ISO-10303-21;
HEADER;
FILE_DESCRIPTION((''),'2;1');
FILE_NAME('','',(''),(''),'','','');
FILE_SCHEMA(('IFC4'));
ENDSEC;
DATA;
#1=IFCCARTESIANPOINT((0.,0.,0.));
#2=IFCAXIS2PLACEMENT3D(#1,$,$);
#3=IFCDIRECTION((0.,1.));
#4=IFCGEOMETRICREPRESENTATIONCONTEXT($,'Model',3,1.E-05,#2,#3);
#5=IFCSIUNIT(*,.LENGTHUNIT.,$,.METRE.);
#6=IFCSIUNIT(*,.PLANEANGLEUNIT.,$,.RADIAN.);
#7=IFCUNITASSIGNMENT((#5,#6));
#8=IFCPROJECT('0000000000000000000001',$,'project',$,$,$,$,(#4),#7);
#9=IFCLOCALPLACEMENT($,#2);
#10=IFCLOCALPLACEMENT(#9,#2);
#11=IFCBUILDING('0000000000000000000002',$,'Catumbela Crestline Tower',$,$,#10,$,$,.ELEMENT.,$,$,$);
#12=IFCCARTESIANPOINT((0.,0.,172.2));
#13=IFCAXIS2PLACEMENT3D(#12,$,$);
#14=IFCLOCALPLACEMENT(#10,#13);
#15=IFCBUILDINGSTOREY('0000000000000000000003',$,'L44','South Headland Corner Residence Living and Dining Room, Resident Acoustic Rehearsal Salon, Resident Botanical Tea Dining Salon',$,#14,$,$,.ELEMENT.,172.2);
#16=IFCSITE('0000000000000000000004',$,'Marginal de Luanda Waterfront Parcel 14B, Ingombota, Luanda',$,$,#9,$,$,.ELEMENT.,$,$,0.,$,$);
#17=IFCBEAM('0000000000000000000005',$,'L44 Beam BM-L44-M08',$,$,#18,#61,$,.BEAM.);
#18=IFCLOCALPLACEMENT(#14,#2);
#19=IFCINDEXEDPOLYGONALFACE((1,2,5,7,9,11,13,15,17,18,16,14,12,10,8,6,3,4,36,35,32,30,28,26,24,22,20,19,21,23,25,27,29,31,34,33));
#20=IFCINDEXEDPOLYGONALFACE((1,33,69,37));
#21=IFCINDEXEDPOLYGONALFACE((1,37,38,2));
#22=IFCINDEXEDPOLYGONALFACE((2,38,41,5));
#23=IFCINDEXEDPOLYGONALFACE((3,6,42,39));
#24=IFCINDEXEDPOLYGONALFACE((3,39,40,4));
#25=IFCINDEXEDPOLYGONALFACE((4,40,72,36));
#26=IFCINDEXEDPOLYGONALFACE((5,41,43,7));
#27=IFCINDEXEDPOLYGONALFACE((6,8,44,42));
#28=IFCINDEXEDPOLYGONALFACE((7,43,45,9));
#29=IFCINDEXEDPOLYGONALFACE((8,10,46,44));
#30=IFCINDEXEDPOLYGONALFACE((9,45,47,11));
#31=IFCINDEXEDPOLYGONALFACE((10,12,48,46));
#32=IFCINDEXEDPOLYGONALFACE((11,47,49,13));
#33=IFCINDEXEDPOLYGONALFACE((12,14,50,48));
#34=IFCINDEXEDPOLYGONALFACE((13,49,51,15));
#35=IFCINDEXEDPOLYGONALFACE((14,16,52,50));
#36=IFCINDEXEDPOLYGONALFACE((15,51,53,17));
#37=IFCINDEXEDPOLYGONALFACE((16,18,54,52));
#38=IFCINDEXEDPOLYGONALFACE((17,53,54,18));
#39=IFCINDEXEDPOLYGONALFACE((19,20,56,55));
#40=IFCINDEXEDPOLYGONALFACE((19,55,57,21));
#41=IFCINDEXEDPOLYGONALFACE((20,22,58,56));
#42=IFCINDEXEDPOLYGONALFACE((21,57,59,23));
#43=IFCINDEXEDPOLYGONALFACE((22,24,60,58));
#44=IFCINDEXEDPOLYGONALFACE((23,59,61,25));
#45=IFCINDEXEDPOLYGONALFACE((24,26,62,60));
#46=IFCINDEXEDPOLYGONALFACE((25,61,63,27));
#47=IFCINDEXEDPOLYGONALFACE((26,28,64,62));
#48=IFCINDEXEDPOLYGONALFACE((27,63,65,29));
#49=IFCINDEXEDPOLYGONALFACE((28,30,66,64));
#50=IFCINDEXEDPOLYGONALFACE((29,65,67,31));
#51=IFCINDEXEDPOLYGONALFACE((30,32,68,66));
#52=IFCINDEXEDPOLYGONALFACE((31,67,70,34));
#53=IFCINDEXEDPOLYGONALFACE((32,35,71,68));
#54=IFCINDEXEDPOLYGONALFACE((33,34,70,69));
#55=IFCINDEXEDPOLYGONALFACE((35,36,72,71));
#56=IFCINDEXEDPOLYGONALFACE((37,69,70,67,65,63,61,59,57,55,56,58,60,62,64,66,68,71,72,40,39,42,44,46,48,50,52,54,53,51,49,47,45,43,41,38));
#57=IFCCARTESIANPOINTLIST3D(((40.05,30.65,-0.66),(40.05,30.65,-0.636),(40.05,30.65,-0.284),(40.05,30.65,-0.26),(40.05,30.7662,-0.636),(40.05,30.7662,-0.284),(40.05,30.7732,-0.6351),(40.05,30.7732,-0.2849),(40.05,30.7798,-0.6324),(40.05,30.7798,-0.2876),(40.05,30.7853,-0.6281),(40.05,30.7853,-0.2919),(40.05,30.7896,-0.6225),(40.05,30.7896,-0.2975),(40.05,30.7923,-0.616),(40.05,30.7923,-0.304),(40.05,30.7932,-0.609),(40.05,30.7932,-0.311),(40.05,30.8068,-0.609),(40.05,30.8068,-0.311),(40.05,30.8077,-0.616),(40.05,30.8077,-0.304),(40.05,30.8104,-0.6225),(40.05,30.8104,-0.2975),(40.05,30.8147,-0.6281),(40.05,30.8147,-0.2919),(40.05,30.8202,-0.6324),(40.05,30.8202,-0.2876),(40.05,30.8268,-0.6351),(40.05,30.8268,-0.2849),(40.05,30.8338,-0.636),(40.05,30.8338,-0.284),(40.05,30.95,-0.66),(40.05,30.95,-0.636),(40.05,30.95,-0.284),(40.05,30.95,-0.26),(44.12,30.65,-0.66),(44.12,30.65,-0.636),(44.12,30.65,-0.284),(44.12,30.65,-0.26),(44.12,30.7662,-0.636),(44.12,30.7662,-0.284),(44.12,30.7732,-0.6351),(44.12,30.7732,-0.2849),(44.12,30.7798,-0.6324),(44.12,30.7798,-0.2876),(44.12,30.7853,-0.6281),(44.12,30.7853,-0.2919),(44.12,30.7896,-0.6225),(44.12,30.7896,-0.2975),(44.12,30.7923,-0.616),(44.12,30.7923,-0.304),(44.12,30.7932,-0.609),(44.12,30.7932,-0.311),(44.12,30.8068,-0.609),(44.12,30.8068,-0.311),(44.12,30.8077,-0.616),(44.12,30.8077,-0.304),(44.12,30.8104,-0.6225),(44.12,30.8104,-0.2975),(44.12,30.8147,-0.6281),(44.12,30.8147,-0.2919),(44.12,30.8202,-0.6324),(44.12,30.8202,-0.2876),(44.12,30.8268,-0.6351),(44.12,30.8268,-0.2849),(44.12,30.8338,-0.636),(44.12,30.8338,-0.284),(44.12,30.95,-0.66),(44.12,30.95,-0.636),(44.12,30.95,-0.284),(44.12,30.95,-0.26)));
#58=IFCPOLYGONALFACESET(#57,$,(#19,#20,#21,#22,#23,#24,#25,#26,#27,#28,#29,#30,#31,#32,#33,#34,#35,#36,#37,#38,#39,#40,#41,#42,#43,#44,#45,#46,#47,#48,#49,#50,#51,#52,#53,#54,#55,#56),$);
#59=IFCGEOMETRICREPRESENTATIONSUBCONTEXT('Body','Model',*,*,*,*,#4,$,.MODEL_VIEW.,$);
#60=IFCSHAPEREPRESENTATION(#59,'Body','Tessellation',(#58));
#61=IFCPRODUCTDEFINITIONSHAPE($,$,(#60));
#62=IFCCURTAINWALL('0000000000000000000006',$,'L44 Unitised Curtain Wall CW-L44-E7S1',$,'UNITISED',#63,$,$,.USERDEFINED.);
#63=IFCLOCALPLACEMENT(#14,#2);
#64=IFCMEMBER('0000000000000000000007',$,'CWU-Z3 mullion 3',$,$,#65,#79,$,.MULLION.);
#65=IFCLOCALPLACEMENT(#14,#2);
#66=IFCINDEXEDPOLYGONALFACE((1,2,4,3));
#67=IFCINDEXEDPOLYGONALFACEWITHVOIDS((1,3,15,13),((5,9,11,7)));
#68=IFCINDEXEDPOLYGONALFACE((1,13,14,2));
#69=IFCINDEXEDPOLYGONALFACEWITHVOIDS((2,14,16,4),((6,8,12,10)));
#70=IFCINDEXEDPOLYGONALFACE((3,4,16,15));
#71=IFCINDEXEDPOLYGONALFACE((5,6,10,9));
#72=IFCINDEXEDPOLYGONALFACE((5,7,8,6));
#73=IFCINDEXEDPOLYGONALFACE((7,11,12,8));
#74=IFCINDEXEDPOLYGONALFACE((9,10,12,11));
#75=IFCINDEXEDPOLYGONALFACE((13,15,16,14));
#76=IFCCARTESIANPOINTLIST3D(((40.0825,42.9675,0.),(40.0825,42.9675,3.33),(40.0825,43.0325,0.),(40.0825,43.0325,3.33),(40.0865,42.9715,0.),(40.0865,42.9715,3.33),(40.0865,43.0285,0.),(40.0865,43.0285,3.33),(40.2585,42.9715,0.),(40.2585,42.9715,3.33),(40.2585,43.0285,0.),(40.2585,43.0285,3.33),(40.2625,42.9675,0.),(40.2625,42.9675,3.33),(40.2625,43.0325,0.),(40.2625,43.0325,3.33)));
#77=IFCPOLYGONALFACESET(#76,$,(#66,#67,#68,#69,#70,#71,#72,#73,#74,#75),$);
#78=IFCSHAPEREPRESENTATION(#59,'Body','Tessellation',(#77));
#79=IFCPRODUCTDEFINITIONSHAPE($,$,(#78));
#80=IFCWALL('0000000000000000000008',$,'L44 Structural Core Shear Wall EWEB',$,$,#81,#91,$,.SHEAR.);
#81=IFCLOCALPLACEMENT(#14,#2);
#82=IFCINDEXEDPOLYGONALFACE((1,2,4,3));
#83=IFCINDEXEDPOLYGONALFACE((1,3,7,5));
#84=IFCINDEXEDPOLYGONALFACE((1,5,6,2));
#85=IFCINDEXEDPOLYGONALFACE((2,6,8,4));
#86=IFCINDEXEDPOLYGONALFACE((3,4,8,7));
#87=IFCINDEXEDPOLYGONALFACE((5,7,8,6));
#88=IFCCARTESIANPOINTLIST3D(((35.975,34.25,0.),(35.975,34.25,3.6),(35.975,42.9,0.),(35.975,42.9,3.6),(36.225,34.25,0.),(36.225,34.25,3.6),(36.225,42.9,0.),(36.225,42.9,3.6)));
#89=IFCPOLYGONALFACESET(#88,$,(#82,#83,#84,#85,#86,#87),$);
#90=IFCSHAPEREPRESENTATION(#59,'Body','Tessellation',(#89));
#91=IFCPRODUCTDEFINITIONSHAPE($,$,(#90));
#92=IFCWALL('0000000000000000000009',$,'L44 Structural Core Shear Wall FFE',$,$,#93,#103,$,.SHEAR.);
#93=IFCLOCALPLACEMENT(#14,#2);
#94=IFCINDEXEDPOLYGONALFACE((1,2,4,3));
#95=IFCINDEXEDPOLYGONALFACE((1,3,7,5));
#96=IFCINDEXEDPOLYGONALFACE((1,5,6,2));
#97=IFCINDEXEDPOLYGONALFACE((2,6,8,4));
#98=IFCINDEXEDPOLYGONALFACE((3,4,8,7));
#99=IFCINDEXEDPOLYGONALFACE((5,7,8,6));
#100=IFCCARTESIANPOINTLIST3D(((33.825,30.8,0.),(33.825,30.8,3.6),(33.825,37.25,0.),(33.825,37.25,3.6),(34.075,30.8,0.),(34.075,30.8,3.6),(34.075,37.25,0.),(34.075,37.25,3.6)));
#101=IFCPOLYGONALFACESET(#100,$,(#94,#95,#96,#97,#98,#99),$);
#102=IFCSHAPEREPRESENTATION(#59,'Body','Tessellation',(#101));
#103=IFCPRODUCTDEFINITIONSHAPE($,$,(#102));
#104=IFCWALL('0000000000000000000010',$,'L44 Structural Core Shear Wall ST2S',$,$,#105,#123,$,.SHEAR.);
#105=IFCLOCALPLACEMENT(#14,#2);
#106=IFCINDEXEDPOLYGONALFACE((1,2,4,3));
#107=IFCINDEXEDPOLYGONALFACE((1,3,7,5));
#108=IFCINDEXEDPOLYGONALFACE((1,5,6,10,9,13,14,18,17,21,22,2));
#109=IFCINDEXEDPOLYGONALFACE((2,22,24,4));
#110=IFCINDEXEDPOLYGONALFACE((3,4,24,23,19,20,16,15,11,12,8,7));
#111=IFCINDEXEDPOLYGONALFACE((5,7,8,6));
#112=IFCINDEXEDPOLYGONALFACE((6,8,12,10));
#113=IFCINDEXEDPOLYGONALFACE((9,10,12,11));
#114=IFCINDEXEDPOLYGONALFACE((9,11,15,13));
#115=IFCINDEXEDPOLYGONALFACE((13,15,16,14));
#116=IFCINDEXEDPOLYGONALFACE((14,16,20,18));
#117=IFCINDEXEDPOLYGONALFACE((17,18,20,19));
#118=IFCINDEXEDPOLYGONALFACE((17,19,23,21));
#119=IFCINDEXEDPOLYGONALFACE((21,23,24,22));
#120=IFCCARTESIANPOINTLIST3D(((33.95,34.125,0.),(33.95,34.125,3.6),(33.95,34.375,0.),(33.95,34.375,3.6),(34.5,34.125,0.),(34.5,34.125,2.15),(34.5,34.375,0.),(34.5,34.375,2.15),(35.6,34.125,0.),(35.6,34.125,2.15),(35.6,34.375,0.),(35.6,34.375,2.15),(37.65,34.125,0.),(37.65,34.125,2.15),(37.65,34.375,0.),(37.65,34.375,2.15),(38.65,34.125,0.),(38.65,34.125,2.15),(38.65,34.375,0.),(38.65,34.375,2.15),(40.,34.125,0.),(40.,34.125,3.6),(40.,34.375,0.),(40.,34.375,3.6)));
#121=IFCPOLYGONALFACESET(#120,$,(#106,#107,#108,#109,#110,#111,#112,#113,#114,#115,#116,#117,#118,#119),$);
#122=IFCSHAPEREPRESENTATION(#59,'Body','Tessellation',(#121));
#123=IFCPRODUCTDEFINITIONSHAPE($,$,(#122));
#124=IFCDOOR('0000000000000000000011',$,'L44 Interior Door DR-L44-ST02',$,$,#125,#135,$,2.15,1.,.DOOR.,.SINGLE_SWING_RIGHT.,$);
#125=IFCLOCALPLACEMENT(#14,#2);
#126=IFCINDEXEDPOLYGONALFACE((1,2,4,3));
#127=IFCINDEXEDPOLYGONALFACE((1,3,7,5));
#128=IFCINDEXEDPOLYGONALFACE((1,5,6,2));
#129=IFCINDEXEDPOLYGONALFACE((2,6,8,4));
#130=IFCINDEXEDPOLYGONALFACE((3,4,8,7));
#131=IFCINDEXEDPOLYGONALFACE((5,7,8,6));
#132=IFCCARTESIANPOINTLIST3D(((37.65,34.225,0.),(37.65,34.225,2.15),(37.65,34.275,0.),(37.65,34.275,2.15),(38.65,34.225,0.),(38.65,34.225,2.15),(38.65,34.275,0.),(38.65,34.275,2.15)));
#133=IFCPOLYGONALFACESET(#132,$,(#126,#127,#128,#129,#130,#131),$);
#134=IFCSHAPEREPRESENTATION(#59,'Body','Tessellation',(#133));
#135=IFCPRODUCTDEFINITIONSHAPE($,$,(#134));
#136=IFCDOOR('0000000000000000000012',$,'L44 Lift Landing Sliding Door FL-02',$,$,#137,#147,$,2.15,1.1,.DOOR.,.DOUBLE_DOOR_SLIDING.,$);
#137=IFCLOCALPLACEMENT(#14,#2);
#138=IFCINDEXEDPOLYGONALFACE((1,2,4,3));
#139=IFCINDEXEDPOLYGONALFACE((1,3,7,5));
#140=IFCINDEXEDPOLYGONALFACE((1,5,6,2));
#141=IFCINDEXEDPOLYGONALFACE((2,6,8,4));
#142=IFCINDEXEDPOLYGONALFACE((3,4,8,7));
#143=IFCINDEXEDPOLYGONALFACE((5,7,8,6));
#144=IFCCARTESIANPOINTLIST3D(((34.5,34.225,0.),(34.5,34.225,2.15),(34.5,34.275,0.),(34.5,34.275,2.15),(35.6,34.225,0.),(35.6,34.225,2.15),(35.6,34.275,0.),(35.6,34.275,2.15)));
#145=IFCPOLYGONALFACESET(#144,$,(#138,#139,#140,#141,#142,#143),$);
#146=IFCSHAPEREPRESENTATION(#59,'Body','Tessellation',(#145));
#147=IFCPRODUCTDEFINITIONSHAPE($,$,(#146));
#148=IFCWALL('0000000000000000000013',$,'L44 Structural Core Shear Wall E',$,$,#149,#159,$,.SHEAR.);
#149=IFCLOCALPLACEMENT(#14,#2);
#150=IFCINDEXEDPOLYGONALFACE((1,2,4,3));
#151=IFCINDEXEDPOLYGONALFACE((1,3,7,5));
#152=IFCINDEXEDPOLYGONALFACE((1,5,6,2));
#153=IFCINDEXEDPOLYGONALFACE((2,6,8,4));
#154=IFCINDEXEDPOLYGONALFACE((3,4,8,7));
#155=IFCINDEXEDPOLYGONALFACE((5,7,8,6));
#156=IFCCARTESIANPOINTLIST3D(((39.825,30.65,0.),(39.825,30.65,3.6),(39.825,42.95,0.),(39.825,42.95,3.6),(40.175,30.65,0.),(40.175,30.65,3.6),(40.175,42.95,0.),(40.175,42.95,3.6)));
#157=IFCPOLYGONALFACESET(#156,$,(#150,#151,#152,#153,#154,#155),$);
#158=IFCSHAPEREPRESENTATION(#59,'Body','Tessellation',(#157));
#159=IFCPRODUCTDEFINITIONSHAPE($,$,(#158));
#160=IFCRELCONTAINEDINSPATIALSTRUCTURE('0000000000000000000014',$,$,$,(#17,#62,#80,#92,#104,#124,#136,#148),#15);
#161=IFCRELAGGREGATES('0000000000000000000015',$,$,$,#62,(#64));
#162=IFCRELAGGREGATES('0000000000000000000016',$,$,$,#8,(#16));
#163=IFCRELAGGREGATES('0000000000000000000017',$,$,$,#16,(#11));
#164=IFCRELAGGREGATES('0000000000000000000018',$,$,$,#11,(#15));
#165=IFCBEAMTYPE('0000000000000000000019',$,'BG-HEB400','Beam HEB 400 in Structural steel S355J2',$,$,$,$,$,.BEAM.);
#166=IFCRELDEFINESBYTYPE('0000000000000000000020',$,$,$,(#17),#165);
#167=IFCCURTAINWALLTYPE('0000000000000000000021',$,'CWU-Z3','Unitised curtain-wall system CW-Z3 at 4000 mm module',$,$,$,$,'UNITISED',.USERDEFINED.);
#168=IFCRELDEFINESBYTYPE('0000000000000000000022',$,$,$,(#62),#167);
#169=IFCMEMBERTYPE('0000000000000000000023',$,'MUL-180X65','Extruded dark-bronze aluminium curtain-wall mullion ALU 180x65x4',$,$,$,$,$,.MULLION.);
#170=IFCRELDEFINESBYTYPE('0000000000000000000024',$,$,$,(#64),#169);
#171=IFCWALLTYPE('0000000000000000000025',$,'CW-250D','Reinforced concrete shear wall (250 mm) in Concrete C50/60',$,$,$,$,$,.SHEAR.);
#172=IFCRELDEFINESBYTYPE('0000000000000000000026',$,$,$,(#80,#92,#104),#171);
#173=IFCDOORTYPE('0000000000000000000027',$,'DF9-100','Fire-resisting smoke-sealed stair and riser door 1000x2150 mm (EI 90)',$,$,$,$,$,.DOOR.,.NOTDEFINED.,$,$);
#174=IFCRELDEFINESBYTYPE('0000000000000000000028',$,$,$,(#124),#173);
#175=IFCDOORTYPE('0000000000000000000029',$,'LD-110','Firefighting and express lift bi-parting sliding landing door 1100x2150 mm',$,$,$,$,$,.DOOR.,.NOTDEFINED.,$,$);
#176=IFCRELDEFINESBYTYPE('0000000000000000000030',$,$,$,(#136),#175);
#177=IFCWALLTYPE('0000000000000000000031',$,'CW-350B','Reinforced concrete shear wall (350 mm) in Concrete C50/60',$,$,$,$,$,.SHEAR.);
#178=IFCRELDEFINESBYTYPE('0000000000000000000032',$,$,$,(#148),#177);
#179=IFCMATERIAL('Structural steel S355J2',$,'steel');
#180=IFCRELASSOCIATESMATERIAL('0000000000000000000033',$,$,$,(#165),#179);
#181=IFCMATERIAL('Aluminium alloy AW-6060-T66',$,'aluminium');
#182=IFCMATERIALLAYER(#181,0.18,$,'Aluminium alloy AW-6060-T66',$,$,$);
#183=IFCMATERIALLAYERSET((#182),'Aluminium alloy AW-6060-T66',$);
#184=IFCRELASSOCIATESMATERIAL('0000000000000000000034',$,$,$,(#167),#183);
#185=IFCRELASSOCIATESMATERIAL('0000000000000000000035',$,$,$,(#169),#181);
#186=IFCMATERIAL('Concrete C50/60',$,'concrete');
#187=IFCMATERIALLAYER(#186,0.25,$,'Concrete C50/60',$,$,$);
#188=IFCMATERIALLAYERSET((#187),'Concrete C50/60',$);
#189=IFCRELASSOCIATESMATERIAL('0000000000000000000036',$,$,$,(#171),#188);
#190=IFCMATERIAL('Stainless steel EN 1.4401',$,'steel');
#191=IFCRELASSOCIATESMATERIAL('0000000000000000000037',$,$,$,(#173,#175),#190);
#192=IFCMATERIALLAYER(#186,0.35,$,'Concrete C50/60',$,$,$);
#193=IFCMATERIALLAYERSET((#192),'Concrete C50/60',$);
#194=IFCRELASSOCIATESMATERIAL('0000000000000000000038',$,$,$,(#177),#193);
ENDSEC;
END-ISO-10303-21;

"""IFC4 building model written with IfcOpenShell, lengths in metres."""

from ifc_helpers import new_model, si_unit, direction, frame, frame_2d, origin, origin_2d, place, context, subcontext, project, spatial, rectangle, hollow_rectangle, i_section, extrude, material, layer, layer_set, material_profile, profile_set, type_object, element, fill, aggregate, save


model = new_model("IFC4")

# Units and contexts
model_context = context("Model", 3, precision=1e-05, world=origin(), true_north=direction((0.0, 1.0)))
body_context = subcontext(model_context, "Body", "Model", "MODEL_VIEW")
ifc_project = project(units=[si_unit("LENGTHUNIT", "METRE"), si_unit("PLANEANGLEUNIT", "RADIAN")], contexts=[model_context])

# Site, building, storey
site_placement = place(None, origin())
site = spatial("IfcSite", under=ifc_project, at=site_placement, Name="Marginal de Luanda Waterfront Parcel 14B, Ingombota, Luanda", CompositionType="ELEMENT", RefElevation=0.0)
building_placement = place(site_placement, origin())
building = spatial("IfcBuilding", under=site, at=building_placement, Name="Catumbela Crestline Tower", CompositionType="ELEMENT")
storey_placement = place(building_placement, frame((0.0, 0.0, 172.2)))
storey = spatial("IfcBuildingStorey", under=building, at=storey_placement, Name="L44", Description="South Headland Corner Residence Living and Dining Room, Resident Acoustic Rehearsal Salon, Resident Botanical Tea Dining Salon", CompositionType="ELEMENT", Elevation=172.2)

# Beam
ifc_material_1 = material(Name="Structural steel S355J2", Category="steel")
ifc_material_profile_1 = material_profile(ifc_material_1, i_section(OverallWidth=0.3, OverallDepth=0.4, WebThickness=0.0135, FlangeThickness=0.024, FilletRadius=0.027, at=origin_2d()), Name="HEB 400")
ifc_profile_set_1 = profile_set([ifc_material_profile_1], Name="Structural steel S355J2")
beam_type = type_object("IfcBeamType", Name="BG-HEB400", Description="Beam HEB 400 in Structural steel S355J2", PredefinedType="BEAM", material=ifc_profile_set_1)
beam_placement = place(storey_placement, frame((40.05, 30.8, -0.46), z_axis=(1.0, 0.0, 0.0), x_axis=(0.0, 1.0, 0.0)))
element("IfcBeam", 1, at=beam_placement, inside=storey, type_object=beam_type, Name="L44 Beam BM-L44-M08", PredefinedType="BEAM", context=body_context, shape_type="SweptSolid", body=[
    extrude(i_section(OverallWidth=0.3, OverallDepth=0.4, WebThickness=0.0135, FlangeThickness=0.024, FilletRadius=0.027, at=origin_2d()), origin(), (0.0, 0.0, 1.0), 4.07),
])

# Curtain wall, member
ifc_material_2 = material(Name="Aluminium alloy AW-6060-T66", Category="aluminium")
ifc_layer_1 = layer(ifc_material_2, 0.18, Name="Aluminium alloy AW-6060-T66")
ifc_layer_set_1 = layer_set([ifc_layer_1], Name="Aluminium alloy AW-6060-T66")
curtain_wall_type = type_object("IfcCurtainWallType", Name="CWU-Z3", Description="Unitised curtain-wall system CW-Z3 at 4000 mm module", ElementType="UNITISED", PredefinedType="USERDEFINED", material=ifc_layer_set_1)
curtain_wall_placement = place(storey_placement, origin())
curtain_wall = element("IfcCurtainWall", 2, at=curtain_wall_placement, inside=storey, type_object=curtain_wall_type, Name="L44 Unitised Curtain Wall CW-L44-E7S1", ObjectType="UNITISED", PredefinedType="USERDEFINED")
ifc_material_profile_2 = material_profile(ifc_material_2, hollow_rectangle(XDim=0.065, YDim=0.18, WallThickness=0.004, at=origin_2d()), Name="ALU 180x65x4")
ifc_profile_set_2 = profile_set([ifc_material_profile_2], Name="Aluminium alloy AW-6060-T66")
member_type = type_object("IfcMemberType", Name="MUL-180X65", Description="Extruded dark-bronze aluminium curtain-wall mullion ALU 180x65x4", PredefinedType="MULLION", material=ifc_profile_set_2)
member_placement = place(storey_placement, frame((40.1725, 43.0, 0.0), z_axis=(0.0, 0.0, 1.0), x_axis=(0.0, -1.0, 0.0)))
member = element("IfcMember", 3, at=member_placement, type_object=member_type, Name="CWU-Z3 mullion 3", PredefinedType="MULLION", context=body_context, shape_type="SweptSolid", body=[
    extrude(hollow_rectangle(XDim=0.065, YDim=0.18, WallThickness=0.004, at=origin_2d()), origin(), (0.0, 0.0, 1.0), 3.33),
])
aggregate(curtain_wall, [member])

# Walls
ifc_material_3 = material(Name="Concrete C50/60", Category="concrete")
ifc_layer_2 = layer(ifc_material_3, 0.25, Name="Concrete C50/60")
ifc_layer_set_2 = layer_set([ifc_layer_2], Name="Concrete C50/60")
wall_type_1 = type_object("IfcWallType", Name="CW-250D", Description="Reinforced concrete shear wall (250 mm) in Concrete C50/60", PredefinedType="SHEAR", material=ifc_layer_set_2)
wall_1_placement = place(storey_placement, frame((36.1, 34.25, 0.0), z_axis=(0.0, 0.0, 1.0), x_axis=(0.0, 1.0, 0.0)))
element("IfcWall", 4, at=wall_1_placement, inside=storey, type_object=wall_type_1, Name="L44 Structural Core Shear Wall EWEB", PredefinedType="SHEAR", context=body_context, shape_type="SweptSolid", body=[
    extrude(rectangle(XDim=8.65, YDim=0.25, at=frame_2d((4.325, 0.0))), origin(), (0.0, 0.0, 1.0), 3.6),
])
wall_2_placement = place(storey_placement, frame((33.95, 30.8, 0.0), z_axis=(0.0, 0.0, 1.0), x_axis=(0.0, 1.0, 0.0)))
element("IfcWall", 5, at=wall_2_placement, inside=storey, type_object=wall_type_1, Name="L44 Structural Core Shear Wall FFE", PredefinedType="SHEAR", context=body_context, shape_type="SweptSolid", body=[
    extrude(rectangle(XDim=6.45, YDim=0.25, at=frame_2d((3.225, 0.0))), origin(), (0.0, 0.0, 1.0), 3.6),
])

# Wall, openings, doors
wall_3_placement = place(storey_placement, frame((33.95, 34.25, 0.0), z_axis=(0.0, 0.0, 1.0), x_axis=(1.0, 0.0, 0.0)))
wall_3 = element("IfcWall", 6, at=wall_3_placement, inside=storey, type_object=wall_type_1, Name="L44 Structural Core Shear Wall ST2S", PredefinedType="SHEAR", context=body_context, shape_type="SweptSolid", body=[
    extrude(rectangle(XDim=6.05, YDim=0.25, at=frame_2d((3.025, 0.0))), origin(), (0.0, 0.0, 1.0), 3.6),
])
opening_1_placement = place(wall_3_placement, frame((3.7, 0.0, 0.0)))
opening_1 = element("IfcOpeningElement", 7, at=opening_1_placement, cuts=wall_3, PredefinedType="OPENING", context=body_context, shape_type="SweptSolid", body=[
    extrude(rectangle(XDim=1.0, YDim=2.15, at=frame_2d((0.5, 1.075))), frame((0.0, 0.135, 0.0), z_axis=(0.0, -1.0, 0.0), x_axis=(1.0, 0.0, 0.0)), (0.0, 0.0, 1.0), 0.27),
])
opening_2_placement = place(wall_3_placement, frame((0.55, 0.0, 0.0)))
opening_2 = element("IfcOpeningElement", 8, at=opening_2_placement, cuts=wall_3, PredefinedType="OPENING", context=body_context, shape_type="SweptSolid", body=[
    extrude(rectangle(XDim=1.1, YDim=2.15, at=frame_2d((0.55, 1.075))), frame((0.0, 0.135, 0.0), z_axis=(0.0, -1.0, 0.0), x_axis=(1.0, 0.0, 0.0)), (0.0, 0.0, 1.0), 0.27),
])
ifc_material_4 = material(Name="Stainless steel EN 1.4401", Category="steel")
door_type_1 = type_object("IfcDoorType", Name="DF9-100", Description="Fire-resisting smoke-sealed stair and riser door 1000x2150 mm (EI 90)", OperationType="NOTDEFINED", PredefinedType="DOOR", material=ifc_material_4)
door_1_placement = place(opening_1_placement, origin())
door_1 = element("IfcDoor", 9, at=door_1_placement, inside=storey, type_object=door_type_1, Name="L44 Interior Door DR-L44-ST02", OperationType="SINGLE_SWING_RIGHT", OverallHeight=2.15, OverallWidth=1.0, PredefinedType="DOOR", context=body_context, shape_type="SweptSolid", body=[
    extrude(rectangle(XDim=1.0, YDim=2.15, at=frame_2d((0.5, 1.075))), frame((0.0, 0.025, 0.0), z_axis=(0.0, -1.0, 0.0), x_axis=(1.0, 0.0, 0.0)), (0.0, 0.0, 1.0), 0.05),
])
fill(opening_1, door_1)
door_type_2 = type_object("IfcDoorType", Name="LD-110", Description="Firefighting and express lift bi-parting sliding landing door 1100x2150 mm", OperationType="NOTDEFINED", PredefinedType="DOOR", material=ifc_material_4)
door_2_placement = place(opening_2_placement, origin())
door_2 = element("IfcDoor", 10, at=door_2_placement, inside=storey, type_object=door_type_2, Name="L44 Lift Landing Sliding Door FL-02", OperationType="DOUBLE_DOOR_SLIDING", OverallHeight=2.15, OverallWidth=1.1, PredefinedType="DOOR", context=body_context, shape_type="SweptSolid", body=[
    extrude(rectangle(XDim=1.1, YDim=2.15, at=frame_2d((0.55, 1.075))), frame((0.0, 0.025, 0.0), z_axis=(0.0, -1.0, 0.0), x_axis=(1.0, 0.0, 0.0)), (0.0, 0.0, 1.0), 0.05),
])
fill(opening_2, door_2)

# Wall
ifc_layer_3 = layer(ifc_material_3, 0.35, Name="Concrete C50/60")
ifc_layer_set_3 = layer_set([ifc_layer_3], Name="Concrete C50/60")
wall_type_2 = type_object("IfcWallType", Name="CW-350B", Description="Reinforced concrete shear wall (350 mm) in Concrete C50/60", PredefinedType="SHEAR", material=ifc_layer_set_3)
wall_4_placement = place(storey_placement, frame((40.0, 30.65, 0.0), z_axis=(0.0, 0.0, 1.0), x_axis=(0.0, 1.0, 0.0)))
element("IfcWall", 11, at=wall_4_placement, inside=storey, type_object=wall_type_2, Name="L44 Structural Core Shear Wall E", PredefinedType="SHEAR", context=body_context, shape_type="SweptSolid", body=[
    extrude(rectangle(XDim=12.3, YDim=0.35, at=frame_2d((6.15, 0.0))), origin(), (0.0, 0.0, 1.0), 3.6),
])

save(model, "model.ifc")
